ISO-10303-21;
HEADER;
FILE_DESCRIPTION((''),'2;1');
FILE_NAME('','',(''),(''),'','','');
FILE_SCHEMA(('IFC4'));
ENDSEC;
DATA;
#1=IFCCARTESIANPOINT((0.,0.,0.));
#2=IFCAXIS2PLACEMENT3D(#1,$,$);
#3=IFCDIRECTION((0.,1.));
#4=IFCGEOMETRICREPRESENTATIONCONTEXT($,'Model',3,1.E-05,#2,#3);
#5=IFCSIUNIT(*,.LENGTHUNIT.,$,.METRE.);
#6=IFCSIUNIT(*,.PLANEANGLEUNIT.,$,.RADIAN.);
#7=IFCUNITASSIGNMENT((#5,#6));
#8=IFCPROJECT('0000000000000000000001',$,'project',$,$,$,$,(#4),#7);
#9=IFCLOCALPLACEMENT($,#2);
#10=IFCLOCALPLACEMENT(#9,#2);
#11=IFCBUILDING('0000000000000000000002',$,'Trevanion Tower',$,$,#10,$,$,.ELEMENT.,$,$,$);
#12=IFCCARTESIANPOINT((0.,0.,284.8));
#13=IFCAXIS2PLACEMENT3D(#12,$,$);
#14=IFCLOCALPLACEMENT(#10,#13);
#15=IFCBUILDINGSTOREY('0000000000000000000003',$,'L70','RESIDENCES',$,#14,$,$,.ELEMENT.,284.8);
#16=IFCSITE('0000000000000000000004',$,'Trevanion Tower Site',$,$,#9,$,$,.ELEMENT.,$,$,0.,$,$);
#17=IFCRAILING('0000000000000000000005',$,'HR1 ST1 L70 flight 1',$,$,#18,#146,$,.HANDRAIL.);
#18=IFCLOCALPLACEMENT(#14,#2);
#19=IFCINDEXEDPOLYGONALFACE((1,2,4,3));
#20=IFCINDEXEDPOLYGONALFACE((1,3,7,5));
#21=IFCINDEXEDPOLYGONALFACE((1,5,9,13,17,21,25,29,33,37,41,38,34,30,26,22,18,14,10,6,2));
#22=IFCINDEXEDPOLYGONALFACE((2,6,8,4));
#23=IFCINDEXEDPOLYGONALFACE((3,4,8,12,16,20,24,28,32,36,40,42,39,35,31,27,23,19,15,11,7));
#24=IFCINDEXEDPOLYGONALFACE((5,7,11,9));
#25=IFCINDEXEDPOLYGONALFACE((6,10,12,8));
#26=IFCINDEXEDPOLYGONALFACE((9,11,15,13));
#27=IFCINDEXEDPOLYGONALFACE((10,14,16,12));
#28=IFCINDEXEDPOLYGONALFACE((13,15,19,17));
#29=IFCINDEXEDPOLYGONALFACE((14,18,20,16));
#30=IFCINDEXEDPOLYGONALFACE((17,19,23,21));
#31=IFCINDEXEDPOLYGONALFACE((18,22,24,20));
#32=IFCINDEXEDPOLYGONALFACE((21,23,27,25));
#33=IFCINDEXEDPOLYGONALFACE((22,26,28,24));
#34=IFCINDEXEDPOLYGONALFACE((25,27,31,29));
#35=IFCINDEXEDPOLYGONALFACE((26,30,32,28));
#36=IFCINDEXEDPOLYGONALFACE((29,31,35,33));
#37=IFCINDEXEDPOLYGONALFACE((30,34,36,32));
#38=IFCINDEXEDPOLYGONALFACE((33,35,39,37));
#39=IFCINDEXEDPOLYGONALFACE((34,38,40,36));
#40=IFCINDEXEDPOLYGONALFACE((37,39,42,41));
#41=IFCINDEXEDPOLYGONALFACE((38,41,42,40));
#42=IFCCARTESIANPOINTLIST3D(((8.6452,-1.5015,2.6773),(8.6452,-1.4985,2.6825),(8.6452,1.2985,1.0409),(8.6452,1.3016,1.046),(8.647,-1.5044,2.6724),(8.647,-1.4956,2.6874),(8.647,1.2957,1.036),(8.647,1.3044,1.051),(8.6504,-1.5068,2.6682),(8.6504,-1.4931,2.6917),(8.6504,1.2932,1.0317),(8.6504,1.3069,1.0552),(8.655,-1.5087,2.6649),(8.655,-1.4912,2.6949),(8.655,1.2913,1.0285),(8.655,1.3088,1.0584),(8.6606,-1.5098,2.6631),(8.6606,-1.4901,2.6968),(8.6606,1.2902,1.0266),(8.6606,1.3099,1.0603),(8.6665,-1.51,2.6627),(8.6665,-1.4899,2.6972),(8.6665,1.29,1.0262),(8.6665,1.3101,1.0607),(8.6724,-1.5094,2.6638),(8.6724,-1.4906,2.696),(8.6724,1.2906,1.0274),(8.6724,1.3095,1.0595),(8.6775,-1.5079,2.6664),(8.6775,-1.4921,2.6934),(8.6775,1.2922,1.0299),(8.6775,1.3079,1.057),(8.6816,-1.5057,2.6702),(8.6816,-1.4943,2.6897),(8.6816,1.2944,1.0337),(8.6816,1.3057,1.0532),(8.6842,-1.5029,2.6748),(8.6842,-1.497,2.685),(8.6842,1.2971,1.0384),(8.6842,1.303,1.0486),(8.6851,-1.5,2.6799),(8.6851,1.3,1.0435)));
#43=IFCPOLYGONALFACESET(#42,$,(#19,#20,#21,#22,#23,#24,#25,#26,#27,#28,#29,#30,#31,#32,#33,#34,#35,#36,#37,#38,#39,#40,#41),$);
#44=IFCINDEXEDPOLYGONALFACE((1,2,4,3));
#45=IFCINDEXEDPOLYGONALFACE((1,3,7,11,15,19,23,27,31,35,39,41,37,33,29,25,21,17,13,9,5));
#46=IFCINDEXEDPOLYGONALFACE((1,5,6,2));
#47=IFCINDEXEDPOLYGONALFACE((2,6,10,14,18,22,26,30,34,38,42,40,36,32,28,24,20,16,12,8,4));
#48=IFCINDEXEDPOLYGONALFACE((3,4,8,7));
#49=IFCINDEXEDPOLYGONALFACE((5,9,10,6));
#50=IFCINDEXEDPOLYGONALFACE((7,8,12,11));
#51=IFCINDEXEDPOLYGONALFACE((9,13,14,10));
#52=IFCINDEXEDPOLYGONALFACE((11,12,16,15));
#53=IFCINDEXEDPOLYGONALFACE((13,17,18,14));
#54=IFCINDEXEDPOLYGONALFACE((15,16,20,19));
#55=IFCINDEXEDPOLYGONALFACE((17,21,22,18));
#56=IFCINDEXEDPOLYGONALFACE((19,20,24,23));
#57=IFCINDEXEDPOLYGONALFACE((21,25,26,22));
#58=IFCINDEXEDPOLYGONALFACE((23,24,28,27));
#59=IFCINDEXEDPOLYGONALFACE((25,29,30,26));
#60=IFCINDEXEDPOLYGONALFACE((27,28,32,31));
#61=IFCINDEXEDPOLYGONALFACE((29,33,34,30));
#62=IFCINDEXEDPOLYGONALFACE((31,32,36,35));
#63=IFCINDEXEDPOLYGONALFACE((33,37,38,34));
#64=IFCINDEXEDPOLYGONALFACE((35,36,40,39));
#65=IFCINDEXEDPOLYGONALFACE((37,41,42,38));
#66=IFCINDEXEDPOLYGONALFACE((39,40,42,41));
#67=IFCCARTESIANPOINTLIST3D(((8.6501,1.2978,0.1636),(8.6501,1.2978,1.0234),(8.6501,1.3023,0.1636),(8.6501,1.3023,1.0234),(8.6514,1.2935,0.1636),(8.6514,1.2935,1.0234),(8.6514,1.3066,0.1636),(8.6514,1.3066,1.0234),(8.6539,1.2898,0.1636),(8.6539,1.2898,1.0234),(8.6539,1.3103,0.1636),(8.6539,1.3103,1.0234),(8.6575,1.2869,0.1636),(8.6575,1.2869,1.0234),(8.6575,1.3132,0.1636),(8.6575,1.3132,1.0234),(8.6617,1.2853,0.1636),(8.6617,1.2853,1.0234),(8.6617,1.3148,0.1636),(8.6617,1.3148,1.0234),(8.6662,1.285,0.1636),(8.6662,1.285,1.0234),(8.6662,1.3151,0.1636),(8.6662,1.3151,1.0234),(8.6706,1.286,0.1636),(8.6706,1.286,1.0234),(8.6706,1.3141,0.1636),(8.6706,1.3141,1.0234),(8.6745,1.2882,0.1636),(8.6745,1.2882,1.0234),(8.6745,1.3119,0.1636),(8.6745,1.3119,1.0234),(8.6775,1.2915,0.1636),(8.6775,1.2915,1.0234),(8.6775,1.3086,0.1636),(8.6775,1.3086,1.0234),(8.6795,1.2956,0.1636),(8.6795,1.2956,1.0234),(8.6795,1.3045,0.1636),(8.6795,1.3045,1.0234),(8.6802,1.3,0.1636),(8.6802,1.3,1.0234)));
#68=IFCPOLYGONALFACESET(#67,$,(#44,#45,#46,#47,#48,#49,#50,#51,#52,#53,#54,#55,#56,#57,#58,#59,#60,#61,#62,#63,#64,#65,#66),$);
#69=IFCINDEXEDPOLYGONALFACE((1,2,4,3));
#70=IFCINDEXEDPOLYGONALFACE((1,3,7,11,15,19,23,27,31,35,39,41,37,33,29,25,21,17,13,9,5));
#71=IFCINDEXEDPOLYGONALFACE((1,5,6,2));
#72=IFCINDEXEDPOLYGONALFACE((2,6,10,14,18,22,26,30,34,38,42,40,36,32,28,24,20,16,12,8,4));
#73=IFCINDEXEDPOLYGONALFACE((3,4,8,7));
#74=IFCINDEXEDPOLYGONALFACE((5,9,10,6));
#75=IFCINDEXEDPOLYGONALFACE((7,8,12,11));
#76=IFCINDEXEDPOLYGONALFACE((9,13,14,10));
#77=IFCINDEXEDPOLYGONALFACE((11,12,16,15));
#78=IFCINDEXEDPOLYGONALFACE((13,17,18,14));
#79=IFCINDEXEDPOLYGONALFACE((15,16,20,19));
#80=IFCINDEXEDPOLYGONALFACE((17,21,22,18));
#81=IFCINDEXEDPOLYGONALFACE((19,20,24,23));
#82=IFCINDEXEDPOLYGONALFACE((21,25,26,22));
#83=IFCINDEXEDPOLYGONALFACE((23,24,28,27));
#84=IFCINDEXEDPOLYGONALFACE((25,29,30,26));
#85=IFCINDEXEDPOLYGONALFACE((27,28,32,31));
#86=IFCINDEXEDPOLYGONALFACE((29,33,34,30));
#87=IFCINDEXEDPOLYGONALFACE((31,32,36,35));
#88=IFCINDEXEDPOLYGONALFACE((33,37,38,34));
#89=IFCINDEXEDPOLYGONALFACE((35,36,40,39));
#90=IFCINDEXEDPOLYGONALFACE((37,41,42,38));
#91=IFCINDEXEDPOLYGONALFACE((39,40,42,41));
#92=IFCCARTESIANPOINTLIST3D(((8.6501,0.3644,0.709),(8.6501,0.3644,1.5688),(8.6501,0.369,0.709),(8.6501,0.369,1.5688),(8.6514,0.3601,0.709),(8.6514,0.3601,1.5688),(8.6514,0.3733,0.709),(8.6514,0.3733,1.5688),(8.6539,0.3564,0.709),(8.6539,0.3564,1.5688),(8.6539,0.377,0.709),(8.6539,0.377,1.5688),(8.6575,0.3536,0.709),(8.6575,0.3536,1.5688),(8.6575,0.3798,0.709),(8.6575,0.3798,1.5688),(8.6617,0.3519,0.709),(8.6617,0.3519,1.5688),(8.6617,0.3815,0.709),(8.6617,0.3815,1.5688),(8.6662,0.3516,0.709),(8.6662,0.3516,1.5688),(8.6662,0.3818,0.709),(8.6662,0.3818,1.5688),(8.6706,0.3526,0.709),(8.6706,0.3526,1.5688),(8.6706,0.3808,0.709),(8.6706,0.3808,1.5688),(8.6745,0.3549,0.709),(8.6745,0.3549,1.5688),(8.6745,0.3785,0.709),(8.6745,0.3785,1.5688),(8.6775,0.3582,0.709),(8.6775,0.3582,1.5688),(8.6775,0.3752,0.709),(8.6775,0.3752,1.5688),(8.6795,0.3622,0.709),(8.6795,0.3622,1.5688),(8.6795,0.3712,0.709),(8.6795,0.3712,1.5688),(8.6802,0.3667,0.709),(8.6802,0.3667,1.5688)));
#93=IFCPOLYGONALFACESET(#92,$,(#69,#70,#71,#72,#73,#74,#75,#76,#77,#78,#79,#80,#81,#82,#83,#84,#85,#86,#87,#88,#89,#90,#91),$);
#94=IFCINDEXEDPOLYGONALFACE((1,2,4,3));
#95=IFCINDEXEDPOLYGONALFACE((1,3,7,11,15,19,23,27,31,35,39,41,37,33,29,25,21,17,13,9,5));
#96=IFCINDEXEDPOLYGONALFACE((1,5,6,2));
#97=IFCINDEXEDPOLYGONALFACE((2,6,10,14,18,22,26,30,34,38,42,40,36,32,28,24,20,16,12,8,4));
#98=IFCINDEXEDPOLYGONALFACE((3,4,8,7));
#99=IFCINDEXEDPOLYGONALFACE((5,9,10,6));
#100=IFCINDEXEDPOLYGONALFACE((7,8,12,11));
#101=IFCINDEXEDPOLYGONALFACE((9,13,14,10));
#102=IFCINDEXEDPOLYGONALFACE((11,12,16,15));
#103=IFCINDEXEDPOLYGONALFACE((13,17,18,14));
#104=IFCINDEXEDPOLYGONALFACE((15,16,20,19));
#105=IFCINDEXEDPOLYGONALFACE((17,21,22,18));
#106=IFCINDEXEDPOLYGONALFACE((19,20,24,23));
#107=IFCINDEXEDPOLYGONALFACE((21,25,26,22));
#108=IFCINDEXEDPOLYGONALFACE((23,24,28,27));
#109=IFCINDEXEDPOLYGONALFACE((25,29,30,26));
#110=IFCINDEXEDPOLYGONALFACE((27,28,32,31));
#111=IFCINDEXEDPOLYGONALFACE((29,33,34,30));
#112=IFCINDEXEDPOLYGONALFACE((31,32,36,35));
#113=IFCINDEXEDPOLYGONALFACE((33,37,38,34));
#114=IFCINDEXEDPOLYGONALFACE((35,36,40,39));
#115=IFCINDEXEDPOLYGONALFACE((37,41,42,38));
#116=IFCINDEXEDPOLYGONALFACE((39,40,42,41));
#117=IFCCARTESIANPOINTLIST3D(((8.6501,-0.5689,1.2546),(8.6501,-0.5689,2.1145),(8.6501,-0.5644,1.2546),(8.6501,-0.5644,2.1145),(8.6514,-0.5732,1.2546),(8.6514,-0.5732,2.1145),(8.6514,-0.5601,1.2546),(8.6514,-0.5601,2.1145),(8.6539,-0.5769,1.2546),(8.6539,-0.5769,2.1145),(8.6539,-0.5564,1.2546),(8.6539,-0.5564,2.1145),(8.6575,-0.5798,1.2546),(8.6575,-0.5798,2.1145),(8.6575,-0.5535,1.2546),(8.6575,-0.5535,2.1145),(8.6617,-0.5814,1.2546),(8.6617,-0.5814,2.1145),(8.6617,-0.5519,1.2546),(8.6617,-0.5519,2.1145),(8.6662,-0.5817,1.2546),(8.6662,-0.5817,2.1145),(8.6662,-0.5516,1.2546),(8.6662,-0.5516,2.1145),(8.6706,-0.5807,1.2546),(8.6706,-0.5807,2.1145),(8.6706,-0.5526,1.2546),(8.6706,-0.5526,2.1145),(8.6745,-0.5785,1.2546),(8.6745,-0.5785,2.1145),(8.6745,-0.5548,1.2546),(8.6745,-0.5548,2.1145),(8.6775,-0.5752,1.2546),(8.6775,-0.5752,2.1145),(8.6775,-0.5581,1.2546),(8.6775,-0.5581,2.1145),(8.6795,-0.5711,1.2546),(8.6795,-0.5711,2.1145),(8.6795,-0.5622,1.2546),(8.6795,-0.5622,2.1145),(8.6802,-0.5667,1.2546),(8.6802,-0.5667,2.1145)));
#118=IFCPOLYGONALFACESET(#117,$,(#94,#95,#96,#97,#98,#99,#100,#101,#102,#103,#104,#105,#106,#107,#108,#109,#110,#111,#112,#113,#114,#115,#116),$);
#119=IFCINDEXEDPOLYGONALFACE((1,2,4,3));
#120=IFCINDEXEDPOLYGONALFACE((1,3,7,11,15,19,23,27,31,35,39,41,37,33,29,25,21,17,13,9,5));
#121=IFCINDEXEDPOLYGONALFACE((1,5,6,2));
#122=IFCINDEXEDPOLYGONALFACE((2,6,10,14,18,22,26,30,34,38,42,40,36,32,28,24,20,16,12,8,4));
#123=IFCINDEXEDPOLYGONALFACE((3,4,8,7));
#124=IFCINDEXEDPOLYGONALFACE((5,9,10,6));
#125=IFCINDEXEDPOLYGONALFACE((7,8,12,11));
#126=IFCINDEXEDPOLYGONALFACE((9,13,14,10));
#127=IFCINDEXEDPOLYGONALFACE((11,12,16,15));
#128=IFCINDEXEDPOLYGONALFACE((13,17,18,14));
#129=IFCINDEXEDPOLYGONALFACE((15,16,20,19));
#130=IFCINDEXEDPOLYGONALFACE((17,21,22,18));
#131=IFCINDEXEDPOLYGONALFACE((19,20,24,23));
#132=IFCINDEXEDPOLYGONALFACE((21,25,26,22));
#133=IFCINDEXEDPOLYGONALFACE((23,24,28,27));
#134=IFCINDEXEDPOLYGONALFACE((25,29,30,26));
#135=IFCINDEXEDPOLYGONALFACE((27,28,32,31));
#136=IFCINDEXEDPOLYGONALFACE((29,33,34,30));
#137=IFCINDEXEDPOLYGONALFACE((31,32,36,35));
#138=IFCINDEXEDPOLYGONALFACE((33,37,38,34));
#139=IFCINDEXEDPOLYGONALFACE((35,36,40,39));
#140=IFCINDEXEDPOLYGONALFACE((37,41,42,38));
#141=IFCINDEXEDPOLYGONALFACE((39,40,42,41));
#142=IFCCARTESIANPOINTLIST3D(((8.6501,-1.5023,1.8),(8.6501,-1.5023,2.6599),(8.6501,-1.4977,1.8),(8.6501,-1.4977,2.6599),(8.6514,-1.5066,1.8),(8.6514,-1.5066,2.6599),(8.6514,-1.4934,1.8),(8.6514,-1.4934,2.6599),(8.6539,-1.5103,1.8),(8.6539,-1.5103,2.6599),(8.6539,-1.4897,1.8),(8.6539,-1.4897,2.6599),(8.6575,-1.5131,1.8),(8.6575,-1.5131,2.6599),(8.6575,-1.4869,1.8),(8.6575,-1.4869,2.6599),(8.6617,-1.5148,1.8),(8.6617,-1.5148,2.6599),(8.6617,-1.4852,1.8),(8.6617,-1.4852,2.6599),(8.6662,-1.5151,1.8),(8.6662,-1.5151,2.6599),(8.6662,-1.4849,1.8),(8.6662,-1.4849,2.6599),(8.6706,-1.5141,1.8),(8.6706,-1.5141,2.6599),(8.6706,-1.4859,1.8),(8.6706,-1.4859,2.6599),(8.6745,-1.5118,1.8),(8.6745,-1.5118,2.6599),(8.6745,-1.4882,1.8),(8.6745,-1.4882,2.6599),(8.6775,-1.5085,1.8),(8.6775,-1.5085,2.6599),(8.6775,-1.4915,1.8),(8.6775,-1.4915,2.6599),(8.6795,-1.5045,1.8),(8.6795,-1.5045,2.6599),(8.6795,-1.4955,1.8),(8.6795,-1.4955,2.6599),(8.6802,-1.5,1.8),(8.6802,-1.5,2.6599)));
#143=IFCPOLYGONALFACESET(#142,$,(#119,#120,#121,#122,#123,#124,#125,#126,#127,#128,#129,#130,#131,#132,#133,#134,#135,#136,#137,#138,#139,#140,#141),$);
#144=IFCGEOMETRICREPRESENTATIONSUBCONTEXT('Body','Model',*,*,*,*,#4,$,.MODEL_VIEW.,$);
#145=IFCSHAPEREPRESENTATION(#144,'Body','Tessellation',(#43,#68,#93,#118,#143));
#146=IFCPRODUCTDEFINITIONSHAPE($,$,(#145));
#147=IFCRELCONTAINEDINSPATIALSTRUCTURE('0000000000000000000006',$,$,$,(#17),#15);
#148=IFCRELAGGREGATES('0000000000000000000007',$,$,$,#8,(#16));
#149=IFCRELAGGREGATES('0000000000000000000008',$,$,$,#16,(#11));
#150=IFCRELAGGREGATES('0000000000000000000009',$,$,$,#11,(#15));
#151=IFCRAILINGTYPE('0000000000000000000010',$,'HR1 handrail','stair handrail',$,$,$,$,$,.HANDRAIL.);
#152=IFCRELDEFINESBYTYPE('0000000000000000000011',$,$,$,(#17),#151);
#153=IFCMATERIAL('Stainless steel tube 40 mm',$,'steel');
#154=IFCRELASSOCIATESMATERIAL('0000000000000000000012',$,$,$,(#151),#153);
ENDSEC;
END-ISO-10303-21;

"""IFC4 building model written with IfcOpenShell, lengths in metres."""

from ifc_helpers import new_model, si_unit, direction, frame, origin, origin_2d, place, context, subcontext, project, spatial, circle, extrude, material, type_object, element, save


model = new_model("IFC4")

# Units and contexts
model_context = context("Model", 3, precision=1e-05, world=origin(), true_north=direction((0.0, 1.0)))
body_context = subcontext(model_context, "Body", "Model", "MODEL_VIEW")
ifc_project = project(units=[si_unit("LENGTHUNIT", "METRE"), si_unit("PLANEANGLEUNIT", "RADIAN")], contexts=[model_context])

# Site, building, storey
site_placement = place(None, origin())
site = spatial("IfcSite", under=ifc_project, at=site_placement, Name="Trevanion Tower Site", CompositionType="ELEMENT", RefElevation=0.0)
building_placement = place(site_placement, origin())
building = spatial("IfcBuilding", under=site, at=building_placement, Name="Trevanion Tower", CompositionType="ELEMENT")
storey_placement = place(building_placement, frame((0.0, 0.0, 284.8)))
storey = spatial("IfcBuildingStorey", under=building, at=storey_placement, Name="L70", Description="RESIDENCES", CompositionType="ELEMENT", Elevation=284.8)

# Railing
ifc_material_1 = material(Name="Stainless steel tube 40 mm", Category="steel")
railing_type = type_object("IfcRailingType", Name="HR1 handrail", Description="stair handrail", PredefinedType="HANDRAIL", material=ifc_material_1)
for number, where, name in (
    (1, (8.665, 1.3, 0.1636), "HR1 ST1 L70 flight 1"),
):
    element("IfcRailing", number, at=place(storey_placement, frame(where)), inside=storey, type_object=railing_type, Name=name, PredefinedType="HANDRAIL", context=body_context, shape_type="SweptSolid", body=[
        extrude(circle(Radius=0.02, at=origin_2d()), frame((0.0, 0.0, 0.8799), z_axis=(0.0, -0.863361, 0.504587), x_axis=(1.0, 0.0, 0.0)), (0.0, 0.0, 1.0), 3.2432),
        extrude(circle(Radius=0.0151, at=origin_2d()), origin(), (0.0, 0.0, 1.0), 0.8599),
        extrude(circle(Radius=0.0151, at=origin_2d()), frame((0.0, -0.9333, 0.5454)), (0.0, 0.0, 1.0), 0.8599),
        extrude(circle(Radius=0.0151, at=origin_2d()), frame((0.0, -1.8667, 1.0911)), (0.0, 0.0, 1.0), 0.8599),
        extrude(circle(Radius=0.0151, at=origin_2d()), frame((0.0, -2.8, 1.6365)), (0.0, 0.0, 1.0), 0.8599),
    ])

save(model, "model.ifc")
